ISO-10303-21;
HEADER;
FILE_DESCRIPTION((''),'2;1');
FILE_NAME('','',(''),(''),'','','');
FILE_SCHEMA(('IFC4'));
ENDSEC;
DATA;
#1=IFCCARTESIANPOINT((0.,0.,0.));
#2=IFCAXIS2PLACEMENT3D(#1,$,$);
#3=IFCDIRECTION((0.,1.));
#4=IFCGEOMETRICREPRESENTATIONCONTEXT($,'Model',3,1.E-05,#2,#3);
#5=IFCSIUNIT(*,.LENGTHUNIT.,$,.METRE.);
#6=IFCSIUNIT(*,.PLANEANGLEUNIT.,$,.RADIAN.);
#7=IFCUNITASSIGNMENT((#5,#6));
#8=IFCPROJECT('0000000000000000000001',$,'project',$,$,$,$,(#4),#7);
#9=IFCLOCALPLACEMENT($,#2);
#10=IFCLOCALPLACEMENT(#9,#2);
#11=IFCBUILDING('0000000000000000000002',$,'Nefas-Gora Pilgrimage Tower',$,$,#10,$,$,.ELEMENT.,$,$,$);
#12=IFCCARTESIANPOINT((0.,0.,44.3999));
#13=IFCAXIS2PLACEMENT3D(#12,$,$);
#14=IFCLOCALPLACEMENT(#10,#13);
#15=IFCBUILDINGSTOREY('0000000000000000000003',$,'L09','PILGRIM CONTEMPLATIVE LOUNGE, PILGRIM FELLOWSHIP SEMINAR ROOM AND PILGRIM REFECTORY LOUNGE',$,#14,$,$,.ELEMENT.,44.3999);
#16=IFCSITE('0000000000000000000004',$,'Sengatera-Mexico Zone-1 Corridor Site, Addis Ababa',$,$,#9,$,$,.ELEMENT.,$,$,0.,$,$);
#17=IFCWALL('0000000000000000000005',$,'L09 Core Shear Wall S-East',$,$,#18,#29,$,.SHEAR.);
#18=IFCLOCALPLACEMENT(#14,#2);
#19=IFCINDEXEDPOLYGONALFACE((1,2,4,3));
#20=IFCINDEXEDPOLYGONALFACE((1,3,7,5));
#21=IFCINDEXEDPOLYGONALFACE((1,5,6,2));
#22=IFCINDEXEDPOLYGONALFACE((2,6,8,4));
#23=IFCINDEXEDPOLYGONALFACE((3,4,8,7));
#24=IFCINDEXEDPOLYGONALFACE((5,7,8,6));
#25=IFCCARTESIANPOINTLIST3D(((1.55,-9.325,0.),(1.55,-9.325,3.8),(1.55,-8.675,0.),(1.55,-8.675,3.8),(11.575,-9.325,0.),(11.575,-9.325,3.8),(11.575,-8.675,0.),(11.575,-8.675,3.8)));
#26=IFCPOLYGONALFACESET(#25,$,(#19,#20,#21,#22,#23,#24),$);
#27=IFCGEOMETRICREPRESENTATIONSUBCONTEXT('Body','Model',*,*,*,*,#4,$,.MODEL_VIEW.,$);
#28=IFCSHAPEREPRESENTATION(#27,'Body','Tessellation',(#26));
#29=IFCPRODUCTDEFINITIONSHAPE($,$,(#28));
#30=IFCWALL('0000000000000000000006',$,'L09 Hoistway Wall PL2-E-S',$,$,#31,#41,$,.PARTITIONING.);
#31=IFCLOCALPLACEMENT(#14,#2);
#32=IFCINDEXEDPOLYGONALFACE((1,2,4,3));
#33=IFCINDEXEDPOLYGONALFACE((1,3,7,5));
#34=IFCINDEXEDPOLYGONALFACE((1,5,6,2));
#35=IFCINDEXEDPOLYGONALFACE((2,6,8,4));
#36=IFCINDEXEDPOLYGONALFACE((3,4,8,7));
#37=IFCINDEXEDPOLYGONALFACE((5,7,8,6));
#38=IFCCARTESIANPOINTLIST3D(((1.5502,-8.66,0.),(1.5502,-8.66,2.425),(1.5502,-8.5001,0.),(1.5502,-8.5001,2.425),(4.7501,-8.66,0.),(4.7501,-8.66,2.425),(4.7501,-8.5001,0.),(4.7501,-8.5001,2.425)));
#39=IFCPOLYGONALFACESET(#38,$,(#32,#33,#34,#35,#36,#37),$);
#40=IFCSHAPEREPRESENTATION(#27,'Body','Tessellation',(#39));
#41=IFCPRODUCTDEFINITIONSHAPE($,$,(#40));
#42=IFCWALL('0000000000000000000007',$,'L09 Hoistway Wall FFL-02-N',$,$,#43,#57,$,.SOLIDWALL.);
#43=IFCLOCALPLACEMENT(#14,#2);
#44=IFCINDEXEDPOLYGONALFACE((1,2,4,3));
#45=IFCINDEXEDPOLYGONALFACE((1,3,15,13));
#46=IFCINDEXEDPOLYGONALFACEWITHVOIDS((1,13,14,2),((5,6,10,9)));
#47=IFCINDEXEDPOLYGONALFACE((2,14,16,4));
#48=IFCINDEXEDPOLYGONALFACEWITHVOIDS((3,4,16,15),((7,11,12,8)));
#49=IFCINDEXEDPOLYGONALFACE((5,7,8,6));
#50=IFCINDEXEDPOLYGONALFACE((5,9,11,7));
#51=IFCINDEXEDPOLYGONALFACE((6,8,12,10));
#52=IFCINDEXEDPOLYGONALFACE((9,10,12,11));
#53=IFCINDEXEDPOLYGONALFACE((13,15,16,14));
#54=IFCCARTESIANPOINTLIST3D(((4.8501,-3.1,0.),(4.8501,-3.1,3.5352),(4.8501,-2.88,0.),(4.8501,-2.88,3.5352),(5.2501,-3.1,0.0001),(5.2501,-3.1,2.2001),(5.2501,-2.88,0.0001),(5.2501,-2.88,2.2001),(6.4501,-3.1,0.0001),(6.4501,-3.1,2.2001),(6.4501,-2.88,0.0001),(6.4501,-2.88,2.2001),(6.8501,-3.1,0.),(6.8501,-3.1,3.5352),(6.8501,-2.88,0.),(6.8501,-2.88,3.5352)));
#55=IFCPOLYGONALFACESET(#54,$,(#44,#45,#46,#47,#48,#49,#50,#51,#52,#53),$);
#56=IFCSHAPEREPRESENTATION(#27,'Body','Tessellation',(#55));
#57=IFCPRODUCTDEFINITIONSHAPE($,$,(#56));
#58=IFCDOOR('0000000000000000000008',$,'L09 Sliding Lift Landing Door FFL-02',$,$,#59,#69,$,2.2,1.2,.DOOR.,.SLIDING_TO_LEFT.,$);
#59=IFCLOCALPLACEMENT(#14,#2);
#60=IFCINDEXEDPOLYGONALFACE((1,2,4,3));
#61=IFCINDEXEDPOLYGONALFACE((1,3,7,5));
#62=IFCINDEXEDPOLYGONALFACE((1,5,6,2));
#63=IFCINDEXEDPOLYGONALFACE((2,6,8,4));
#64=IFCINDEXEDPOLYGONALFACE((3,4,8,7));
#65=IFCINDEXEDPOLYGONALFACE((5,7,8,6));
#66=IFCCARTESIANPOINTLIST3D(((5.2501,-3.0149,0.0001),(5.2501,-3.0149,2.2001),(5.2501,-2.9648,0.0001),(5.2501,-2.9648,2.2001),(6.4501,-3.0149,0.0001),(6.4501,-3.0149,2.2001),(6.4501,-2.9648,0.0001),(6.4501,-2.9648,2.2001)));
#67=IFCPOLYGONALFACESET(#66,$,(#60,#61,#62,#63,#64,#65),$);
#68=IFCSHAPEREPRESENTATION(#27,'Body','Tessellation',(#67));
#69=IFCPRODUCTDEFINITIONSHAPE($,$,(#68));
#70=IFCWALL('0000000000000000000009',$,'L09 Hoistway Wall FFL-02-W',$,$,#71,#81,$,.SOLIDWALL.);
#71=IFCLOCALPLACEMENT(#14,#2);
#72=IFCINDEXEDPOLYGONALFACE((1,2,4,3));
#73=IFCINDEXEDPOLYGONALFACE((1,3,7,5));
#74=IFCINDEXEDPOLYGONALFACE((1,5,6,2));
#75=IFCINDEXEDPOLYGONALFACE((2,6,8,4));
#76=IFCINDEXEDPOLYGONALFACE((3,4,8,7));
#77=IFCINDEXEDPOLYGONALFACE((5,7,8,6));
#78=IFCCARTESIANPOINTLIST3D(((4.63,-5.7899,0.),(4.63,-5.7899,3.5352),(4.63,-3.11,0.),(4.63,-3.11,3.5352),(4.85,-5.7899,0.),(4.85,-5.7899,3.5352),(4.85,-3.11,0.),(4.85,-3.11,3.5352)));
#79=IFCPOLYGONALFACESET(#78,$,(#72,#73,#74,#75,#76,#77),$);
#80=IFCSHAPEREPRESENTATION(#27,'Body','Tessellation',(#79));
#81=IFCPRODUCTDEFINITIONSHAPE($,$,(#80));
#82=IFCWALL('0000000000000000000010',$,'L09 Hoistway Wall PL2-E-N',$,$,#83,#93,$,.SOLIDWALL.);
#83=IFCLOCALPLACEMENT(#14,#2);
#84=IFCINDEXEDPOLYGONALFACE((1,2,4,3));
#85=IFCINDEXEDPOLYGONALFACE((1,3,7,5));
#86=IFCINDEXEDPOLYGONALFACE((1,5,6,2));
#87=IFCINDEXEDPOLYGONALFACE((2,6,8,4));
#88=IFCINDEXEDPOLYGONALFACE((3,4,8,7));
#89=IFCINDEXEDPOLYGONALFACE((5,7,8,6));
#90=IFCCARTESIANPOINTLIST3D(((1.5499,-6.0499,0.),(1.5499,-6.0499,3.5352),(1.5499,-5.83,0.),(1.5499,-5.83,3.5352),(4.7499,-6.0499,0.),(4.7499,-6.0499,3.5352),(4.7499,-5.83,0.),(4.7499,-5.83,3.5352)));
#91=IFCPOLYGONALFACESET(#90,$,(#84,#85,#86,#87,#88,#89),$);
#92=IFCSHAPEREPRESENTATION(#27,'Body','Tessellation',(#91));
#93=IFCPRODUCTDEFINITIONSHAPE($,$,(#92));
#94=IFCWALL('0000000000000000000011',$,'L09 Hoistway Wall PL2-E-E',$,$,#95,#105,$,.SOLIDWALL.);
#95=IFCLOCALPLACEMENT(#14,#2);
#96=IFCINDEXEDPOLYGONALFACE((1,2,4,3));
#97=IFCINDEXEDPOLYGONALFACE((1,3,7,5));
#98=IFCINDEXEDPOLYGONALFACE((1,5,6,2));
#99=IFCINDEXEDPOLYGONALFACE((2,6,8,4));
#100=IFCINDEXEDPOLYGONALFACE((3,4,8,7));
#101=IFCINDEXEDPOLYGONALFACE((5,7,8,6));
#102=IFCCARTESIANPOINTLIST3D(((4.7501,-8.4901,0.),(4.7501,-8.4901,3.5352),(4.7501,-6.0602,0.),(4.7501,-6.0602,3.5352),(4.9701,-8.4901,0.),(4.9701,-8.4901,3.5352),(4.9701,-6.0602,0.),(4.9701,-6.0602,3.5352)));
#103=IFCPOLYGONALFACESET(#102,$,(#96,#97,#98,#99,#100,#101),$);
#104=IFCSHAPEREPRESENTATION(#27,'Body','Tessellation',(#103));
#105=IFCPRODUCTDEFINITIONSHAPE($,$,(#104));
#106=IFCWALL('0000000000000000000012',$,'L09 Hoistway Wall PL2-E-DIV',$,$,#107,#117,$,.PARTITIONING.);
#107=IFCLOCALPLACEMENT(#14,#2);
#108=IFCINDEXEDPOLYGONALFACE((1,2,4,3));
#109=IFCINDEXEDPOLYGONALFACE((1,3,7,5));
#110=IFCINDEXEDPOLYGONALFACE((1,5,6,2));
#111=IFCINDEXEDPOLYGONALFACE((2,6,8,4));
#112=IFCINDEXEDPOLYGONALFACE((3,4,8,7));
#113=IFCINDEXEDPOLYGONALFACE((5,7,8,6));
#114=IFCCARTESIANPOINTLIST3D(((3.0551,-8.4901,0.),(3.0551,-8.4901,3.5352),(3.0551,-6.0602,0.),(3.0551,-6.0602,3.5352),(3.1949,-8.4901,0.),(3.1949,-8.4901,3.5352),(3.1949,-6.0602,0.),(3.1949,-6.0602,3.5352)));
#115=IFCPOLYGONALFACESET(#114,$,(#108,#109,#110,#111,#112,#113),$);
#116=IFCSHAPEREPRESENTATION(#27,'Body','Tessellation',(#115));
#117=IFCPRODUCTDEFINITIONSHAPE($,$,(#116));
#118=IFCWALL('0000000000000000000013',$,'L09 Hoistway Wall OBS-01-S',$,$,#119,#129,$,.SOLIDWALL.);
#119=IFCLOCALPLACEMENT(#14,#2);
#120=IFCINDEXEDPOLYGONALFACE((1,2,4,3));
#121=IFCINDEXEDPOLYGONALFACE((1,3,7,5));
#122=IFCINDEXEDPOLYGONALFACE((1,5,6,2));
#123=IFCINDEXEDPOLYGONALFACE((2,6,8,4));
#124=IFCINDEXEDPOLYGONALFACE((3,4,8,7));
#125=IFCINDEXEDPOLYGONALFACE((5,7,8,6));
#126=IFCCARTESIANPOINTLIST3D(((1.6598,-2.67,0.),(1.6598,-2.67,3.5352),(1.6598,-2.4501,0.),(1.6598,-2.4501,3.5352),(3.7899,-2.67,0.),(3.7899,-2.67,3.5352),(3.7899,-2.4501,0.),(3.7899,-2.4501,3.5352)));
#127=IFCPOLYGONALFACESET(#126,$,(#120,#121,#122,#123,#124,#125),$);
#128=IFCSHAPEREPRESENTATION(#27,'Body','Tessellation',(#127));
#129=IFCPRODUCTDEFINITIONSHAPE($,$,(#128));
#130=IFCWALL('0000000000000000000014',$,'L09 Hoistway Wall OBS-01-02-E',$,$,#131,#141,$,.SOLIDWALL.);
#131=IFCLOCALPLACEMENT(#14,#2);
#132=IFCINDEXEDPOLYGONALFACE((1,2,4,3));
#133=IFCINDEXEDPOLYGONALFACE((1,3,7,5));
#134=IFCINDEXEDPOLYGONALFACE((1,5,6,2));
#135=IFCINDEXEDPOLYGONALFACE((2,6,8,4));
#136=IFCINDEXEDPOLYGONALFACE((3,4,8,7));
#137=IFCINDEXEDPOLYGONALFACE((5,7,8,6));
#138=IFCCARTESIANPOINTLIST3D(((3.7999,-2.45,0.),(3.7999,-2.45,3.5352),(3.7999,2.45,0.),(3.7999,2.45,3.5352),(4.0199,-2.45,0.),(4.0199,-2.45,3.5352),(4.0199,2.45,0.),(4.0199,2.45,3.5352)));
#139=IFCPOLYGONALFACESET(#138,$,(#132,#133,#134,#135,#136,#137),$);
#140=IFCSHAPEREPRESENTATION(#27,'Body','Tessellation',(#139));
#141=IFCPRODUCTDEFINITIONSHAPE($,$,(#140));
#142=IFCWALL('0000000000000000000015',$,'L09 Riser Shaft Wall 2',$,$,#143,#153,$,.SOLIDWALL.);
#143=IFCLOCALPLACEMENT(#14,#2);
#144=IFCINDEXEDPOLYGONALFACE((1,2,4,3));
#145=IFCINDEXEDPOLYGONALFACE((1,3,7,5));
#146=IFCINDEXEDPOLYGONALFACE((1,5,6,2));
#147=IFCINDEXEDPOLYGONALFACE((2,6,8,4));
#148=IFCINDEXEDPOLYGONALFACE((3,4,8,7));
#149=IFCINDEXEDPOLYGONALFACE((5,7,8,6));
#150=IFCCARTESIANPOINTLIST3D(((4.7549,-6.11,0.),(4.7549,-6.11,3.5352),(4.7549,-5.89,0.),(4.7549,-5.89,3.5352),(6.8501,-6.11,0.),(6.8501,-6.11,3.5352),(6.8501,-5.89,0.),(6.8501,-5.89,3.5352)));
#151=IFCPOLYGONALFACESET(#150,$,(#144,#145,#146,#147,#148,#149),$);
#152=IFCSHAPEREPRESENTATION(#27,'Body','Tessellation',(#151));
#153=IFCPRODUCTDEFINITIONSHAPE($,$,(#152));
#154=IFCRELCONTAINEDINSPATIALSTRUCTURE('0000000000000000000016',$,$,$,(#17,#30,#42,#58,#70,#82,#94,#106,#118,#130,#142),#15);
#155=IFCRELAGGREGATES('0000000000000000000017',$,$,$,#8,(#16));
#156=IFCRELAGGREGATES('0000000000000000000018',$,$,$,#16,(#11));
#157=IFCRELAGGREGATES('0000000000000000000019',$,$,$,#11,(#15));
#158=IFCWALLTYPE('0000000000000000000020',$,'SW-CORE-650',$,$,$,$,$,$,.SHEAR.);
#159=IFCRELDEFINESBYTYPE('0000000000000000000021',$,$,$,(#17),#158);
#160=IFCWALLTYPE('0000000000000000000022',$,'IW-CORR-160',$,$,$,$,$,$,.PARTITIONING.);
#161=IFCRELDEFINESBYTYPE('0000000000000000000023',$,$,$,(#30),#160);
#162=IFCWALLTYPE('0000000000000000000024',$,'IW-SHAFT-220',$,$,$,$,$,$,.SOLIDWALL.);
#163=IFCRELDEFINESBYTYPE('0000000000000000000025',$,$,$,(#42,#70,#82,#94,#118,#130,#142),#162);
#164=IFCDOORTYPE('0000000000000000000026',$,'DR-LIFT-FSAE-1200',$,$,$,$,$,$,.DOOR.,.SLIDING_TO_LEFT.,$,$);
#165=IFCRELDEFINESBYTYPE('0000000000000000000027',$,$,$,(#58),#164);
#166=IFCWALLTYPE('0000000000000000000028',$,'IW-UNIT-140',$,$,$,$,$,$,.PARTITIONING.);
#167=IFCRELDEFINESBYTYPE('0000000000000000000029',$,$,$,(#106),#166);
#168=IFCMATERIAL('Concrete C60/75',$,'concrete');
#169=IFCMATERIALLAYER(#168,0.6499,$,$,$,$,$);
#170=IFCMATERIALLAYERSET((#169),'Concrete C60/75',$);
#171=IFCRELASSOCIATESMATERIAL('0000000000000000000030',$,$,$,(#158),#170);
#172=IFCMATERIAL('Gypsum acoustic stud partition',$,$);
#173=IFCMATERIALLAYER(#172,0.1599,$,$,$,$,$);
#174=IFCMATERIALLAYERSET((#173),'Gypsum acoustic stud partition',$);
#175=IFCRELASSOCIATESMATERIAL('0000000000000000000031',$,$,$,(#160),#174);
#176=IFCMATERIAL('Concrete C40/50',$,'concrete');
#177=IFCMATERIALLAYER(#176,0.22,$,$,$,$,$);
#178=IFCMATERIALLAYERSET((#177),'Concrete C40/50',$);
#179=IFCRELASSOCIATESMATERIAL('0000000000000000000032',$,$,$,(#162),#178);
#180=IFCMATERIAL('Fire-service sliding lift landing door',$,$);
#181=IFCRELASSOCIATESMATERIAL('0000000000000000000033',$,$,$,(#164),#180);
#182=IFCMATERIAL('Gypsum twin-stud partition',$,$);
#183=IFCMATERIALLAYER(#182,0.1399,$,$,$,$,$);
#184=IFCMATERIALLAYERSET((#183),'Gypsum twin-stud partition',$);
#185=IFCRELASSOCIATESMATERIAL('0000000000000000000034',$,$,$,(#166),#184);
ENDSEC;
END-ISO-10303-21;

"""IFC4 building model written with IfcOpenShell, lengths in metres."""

from ifc_helpers import new_model, si_unit, direction, frame, frame_2d, origin, place, context, subcontext, project, spatial, rectangle, extrude, source, transform, mapped, material, layer, layer_set, type_object, element, fill, save


model = new_model("IFC4")

# Units and contexts
model_context = context("Model", 3, precision=1e-05, world=origin(), true_north=direction((0.0, 1.0)))
body_context = subcontext(model_context, "Body", "Model", "MODEL_VIEW")
ifc_project = project(units=[si_unit("LENGTHUNIT", "METRE"), si_unit("PLANEANGLEUNIT", "RADIAN")], contexts=[model_context])

# Site, building, storey
site_placement = place(None, origin())
site = spatial("IfcSite", under=ifc_project, at=site_placement, Name="Sengatera-Mexico Zone-1 Corridor Site, Addis Ababa", CompositionType="ELEMENT", RefElevation=0.0)
building_placement = place(site_placement, origin())
building = spatial("IfcBuilding", under=site, at=building_placement, Name="Nefas-Gora Pilgrimage Tower", CompositionType="ELEMENT")
storey_placement = place(building_placement, frame((0.0, 0.0, 44.3999)))
storey = spatial("IfcBuildingStorey", under=building, at=storey_placement, Name="L09", Description="PILGRIM CONTEMPLATIVE LOUNGE, PILGRIM FELLOWSHIP SEMINAR ROOM AND PILGRIM REFECTORY LOUNGE", CompositionType="ELEMENT", Elevation=44.3999)

# Walls
ifc_material_1 = material(Name="Concrete C60/75", Category="concrete")
ifc_layer_1 = layer(ifc_material_1, 0.6499)
ifc_layer_set_1 = layer_set([ifc_layer_1], Name="Concrete C60/75")
wall_type_1 = type_object("IfcWallType", Name="SW-CORE-650", PredefinedType="SHEAR", material=ifc_layer_set_1)
shared_shape_1 = source(origin(), body_context, "Body", "SweptSolid", [
    extrude(rectangle(XDim=10.0249, YDim=0.6499, at=frame_2d((5.0125, 0.0))), origin(), (0.0, 0.0, 1.0), 3.8),
])
wall_1_placement = place(storey_placement, frame((1.55, -9.0, 0.0), z_axis=(0.0, 0.0, 1.0), x_axis=(1.0, 0.0, 0.0)))
element("IfcWall", 1, at=wall_1_placement, inside=storey, type_object=wall_type_1, Name="L09 Core Shear Wall S-East", PredefinedType="SHEAR", context=body_context, shape_type="MappedRepresentation", body=[
    mapped(shared_shape_1, transform((0.0, 0.0, 0.0), x_axis=(1.0, 0.0, 0.0), y_axis=(0.0, 1.0, 0.0), z_axis=(0.0, 0.0, 1.0), scale=1.0)),
])
ifc_material_2 = material(Name="Gypsum acoustic stud partition")
ifc_layer_2 = layer(ifc_material_2, 0.1599)
ifc_layer_set_2 = layer_set([ifc_layer_2], Name="Gypsum acoustic stud partition")
wall_type_2 = type_object("IfcWallType", Name="IW-CORR-160", PredefinedType="PARTITIONING", material=ifc_layer_set_2)
shared_shape_2 = source(origin(), body_context, "Body", "SweptSolid", [
    extrude(rectangle(XDim=3.2, YDim=0.1599, at=frame_2d((1.6001, 0.0))), origin(), (0.0, 0.0, 1.0), 2.425),
])
wall_2_placement = place(storey_placement, frame((1.55, -8.5801, 0.0), z_axis=(0.0, 0.0, 1.0), x_axis=(1.0, 0.0, 0.0)))
element("IfcWall", 2, at=wall_2_placement, inside=storey, type_object=wall_type_2, Name="L09 Hoistway Wall PL2-E-S", PredefinedType="PARTITIONING", context=body_context, shape_type="MappedRepresentation", body=[
    mapped(shared_shape_2, transform((0.0, 0.0, 0.0), x_axis=(1.0, 0.0, 0.0), y_axis=(0.0, 1.0, 0.0), z_axis=(0.0, 0.0, 1.0), scale=1.0)),
])

# Wall, opening, door
ifc_material_3 = material(Name="Concrete C40/50", Category="concrete")
ifc_layer_3 = layer(ifc_material_3, 0.22)
ifc_layer_set_3 = layer_set([ifc_layer_3], Name="Concrete C40/50")
wall_type_3 = type_object("IfcWallType", Name="IW-SHAFT-220", PredefinedType="SOLIDWALL", material=ifc_layer_set_3)
shared_shape_3 = source(origin(), body_context, "Body", "SweptSolid", [
    extrude(rectangle(XDim=2.0, YDim=0.22, at=frame_2d((1.0, 0.0))), origin(), (0.0, 0.0, 1.0), 3.5352),
])
wall_3_placement = place(storey_placement, frame((6.8501, -2.99, 0.0), z_axis=(0.0, 0.0, 1.0), x_axis=(-1.0, 0.0, 0.0)))
wall_3 = element("IfcWall", 3, at=wall_3_placement, inside=storey, type_object=wall_type_3, Name="L09 Hoistway Wall FFL-02-N", PredefinedType="SOLIDWALL", context=body_context, shape_type="MappedRepresentation", body=[
    mapped(shared_shape_3, transform((0.0, 0.0, 0.0), x_axis=(1.0, 0.0, 0.0), y_axis=(0.0, 1.0, 0.0), z_axis=(0.0, 0.0, 1.0), scale=1.0)),
])
opening_1_placement = place(wall_3_placement, frame((0.3999, 0.0, 0.0)))
opening_1 = element("IfcOpeningElement", 4, at=opening_1_placement, cuts=wall_3, PredefinedType="OPENING", context=body_context, shape_type="SweptSolid", body=[
    extrude(rectangle(XDim=1.2, YDim=2.2, at=frame_2d((0.6001, 1.1001))), frame((0.0, 0.1199, 0.0), z_axis=(0.0, -1.0, 0.0), x_axis=(1.0, 0.0, 0.0)), (0.0, 0.0, 1.0), 0.24),
])
ifc_material_4 = material(Name="Fire-service sliding lift landing door")
door_type_1 = type_object("IfcDoorType", Name="DR-LIFT-FSAE-1200", OperationType="SLIDING_TO_LEFT", PredefinedType="DOOR", material=ifc_material_4)
shared_shape_4 = source(origin(), body_context, "Body", "SweptSolid", [
    extrude(rectangle(XDim=1.2, YDim=2.2, at=frame_2d((0.6001, 1.1001))), frame((0.0, 0.0249, 0.0), z_axis=(0.0, -1.0, 0.0), x_axis=(1.0, 0.0, 0.0)), (0.0, 0.0, 1.0), 0.05),
])
door_1_placement = place(opening_1_placement, origin())
door_1 = element("IfcDoor", 5, at=door_1_placement, inside=storey, type_object=door_type_1, Name="L09 Sliding Lift Landing Door FFL-02", OperationType="SLIDING_TO_LEFT", OverallHeight=2.2, OverallWidth=1.2, PredefinedType="DOOR", context=body_context, shape_type="MappedRepresentation", body=[
    mapped(shared_shape_4, transform((0.0, 0.0, 0.0), x_axis=(1.0, 0.0, 0.0), y_axis=(0.0, 1.0, 0.0), z_axis=(0.0, 0.0, 1.0), scale=1.0)),
])
fill(opening_1, door_1)

# Walls
shared_shape_5 = source(origin(), body_context, "Body", "SweptSolid", [
    extrude(rectangle(XDim=2.6799, YDim=0.22, at=frame_2d((1.3398, 0.0))), origin(), (0.0, 0.0, 1.0), 3.5352),
])
wall_4_placement = place(storey_placement, frame((4.74, -3.1101, 0.0), z_axis=(0.0, 0.0, 1.0), x_axis=(0.0, -1.0, 0.0)))
element("IfcWall", 6, at=wall_4_placement, inside=storey, type_object=wall_type_3, Name="L09 Hoistway Wall FFL-02-W", PredefinedType="SOLIDWALL", context=body_context, shape_type="MappedRepresentation", body=[
    mapped(shared_shape_5, transform((0.0, 0.0, 0.0), x_axis=(1.0, 0.0, 0.0), y_axis=(0.0, 1.0, 0.0), z_axis=(0.0, 0.0, 1.0), scale=1.0)),
])
shared_shape_6 = source(origin(), body_context, "Body", "SweptSolid", [
    extrude(rectangle(XDim=3.2, YDim=0.22, at=frame_2d((1.6001, 0.0))), origin(), (0.0, 0.0, 1.0), 3.5352),
])
wall_5_placement = place(storey_placement, frame((4.75, -5.9399, 0.0), z_axis=(0.0, 0.0, 1.0), x_axis=(-1.0, 0.0, 0.0)))
element("IfcWall", 7, at=wall_5_placement, inside=storey, type_object=wall_type_3, Name="L09 Hoistway Wall PL2-E-N", PredefinedType="SOLIDWALL", context=body_context, shape_type="MappedRepresentation", body=[
    mapped(shared_shape_6, transform((0.0, 0.0, 0.0), x_axis=(1.0, 0.0, 0.0), y_axis=(0.0, 1.0, 0.0), z_axis=(0.0, 0.0, 1.0), scale=1.0)),
])
shared_shape_7 = source(origin(), body_context, "Body", "SweptSolid", [
    extrude(rectangle(XDim=2.4299, YDim=0.22, at=frame_2d((1.2148, 0.0))), origin(), (0.0, 0.0, 1.0), 3.5352),
])
for number, where, z_axis, x_axis, name in (
    (8, (4.8601, -8.49, 0.0), (0.0, 0.0, 1.0), (0.0, 1.0, 0.0), "L09 Hoistway Wall PL2-E-E"),
):
    element("IfcWall", number, at=place(storey_placement, frame(where, z_axis=z_axis, x_axis=x_axis)), inside=storey, type_object=wall_type_3, Name=name, PredefinedType="SOLIDWALL", context=body_context, shape_type="MappedRepresentation", body=[
        mapped(shared_shape_7, transform((0.0, 0.0, 0.0), x_axis=(1.0, 0.0, 0.0), y_axis=(0.0, 1.0, 0.0), z_axis=(0.0, 0.0, 1.0), scale=1.0)),
    ])
ifc_material_5 = material(Name="Gypsum twin-stud partition")
ifc_layer_4 = layer(ifc_material_5, 0.1399)
ifc_layer_set_4 = layer_set([ifc_layer_4], Name="Gypsum twin-stud partition")
wall_type_4 = type_object("IfcWallType", Name="IW-UNIT-140", PredefinedType="PARTITIONING", material=ifc_layer_set_4)
shared_shape_8 = source(origin(), body_context, "Body", "SweptSolid", [
    extrude(rectangle(XDim=2.4299, YDim=0.1399, at=frame_2d((1.2148, 0.0))), origin(), (0.0, 0.0, 1.0), 3.5352),
])
wall_6_placement = place(storey_placement, frame((3.125, -8.49, 0.0), z_axis=(0.0, 0.0, 1.0), x_axis=(0.0, 1.0, 0.0)))
element("IfcWall", 9, at=wall_6_placement, inside=storey, type_object=wall_type_4, Name="L09 Hoistway Wall PL2-E-DIV", PredefinedType="PARTITIONING", context=body_context, shape_type="MappedRepresentation", body=[
    mapped(shared_shape_8, transform((0.0, 0.0, 0.0), x_axis=(1.0, 0.0, 0.0), y_axis=(0.0, 1.0, 0.0), z_axis=(0.0, 0.0, 1.0), scale=1.0)),
])
shared_shape_9 = source(origin(), body_context, "Body", "SweptSolid", [
    extrude(rectangle(XDim=2.1301, YDim=0.22, at=frame_2d((1.0649, 0.0))), origin(), (0.0, 0.0, 1.0), 3.5352),
])
wall_7_placement = place(storey_placement, frame((1.6599, -2.5601, 0.0), z_axis=(0.0, 0.0, 1.0), x_axis=(1.0, 0.0, 0.0)))
element("IfcWall", 10, at=wall_7_placement, inside=storey, type_object=wall_type_3, Name="L09 Hoistway Wall OBS-01-S", PredefinedType="SOLIDWALL", context=body_context, shape_type="MappedRepresentation", body=[
    mapped(shared_shape_9, transform((0.0, 0.0, 0.0), x_axis=(1.0, 0.0, 0.0), y_axis=(0.0, 1.0, 0.0), z_axis=(0.0, 0.0, 1.0), scale=1.0)),
])
shared_shape_10 = source(origin(), body_context, "Body", "SweptSolid", [
    extrude(rectangle(XDim=4.8999, YDim=0.22, at=frame_2d((2.45, 0.0))), origin(), (0.0, 0.0, 1.0), 3.5352),
])
wall_8_placement = place(storey_placement, frame((3.9099, -2.45, 0.0), z_axis=(0.0, 0.0, 1.0), x_axis=(0.0, 1.0, 0.0)))
element("IfcWall", 11, at=wall_8_placement, inside=storey, type_object=wall_type_3, Name="L09 Hoistway Wall OBS-01-02-E", PredefinedType="SOLIDWALL", context=body_context, shape_type="MappedRepresentation", body=[
    mapped(shared_shape_10, transform((0.0, 0.0, 0.0), x_axis=(1.0, 0.0, 0.0), y_axis=(0.0, 1.0, 0.0), z_axis=(0.0, 0.0, 1.0), scale=1.0)),
])
shared_shape_11 = source(origin(), body_context, "Body", "SweptSolid", [
    extrude(rectangle(XDim=2.0952, YDim=0.22, at=frame_2d((1.0476, 0.0))), origin(), (0.0, 0.0, 1.0), 3.5352),
])
wall_9_placement = place(storey_placement, frame((4.7549, -6.0, 0.0), z_axis=(0.0, 0.0, 1.0), x_axis=(1.0, 0.0, 0.0)))
element("IfcWall", 12, at=wall_9_placement, inside=storey, type_object=wall_type_3, Name="L09 Riser Shaft Wall 2", PredefinedType="SOLIDWALL", context=body_context, shape_type="MappedRepresentation", body=[
    mapped(shared_shape_11, transform((0.0, 0.0, 0.0), x_axis=(1.0, 0.0, 0.0), y_axis=(0.0, 1.0, 0.0), z_axis=(0.0, 0.0, 1.0), scale=1.0)),
])

save(model, "model.ifc")
